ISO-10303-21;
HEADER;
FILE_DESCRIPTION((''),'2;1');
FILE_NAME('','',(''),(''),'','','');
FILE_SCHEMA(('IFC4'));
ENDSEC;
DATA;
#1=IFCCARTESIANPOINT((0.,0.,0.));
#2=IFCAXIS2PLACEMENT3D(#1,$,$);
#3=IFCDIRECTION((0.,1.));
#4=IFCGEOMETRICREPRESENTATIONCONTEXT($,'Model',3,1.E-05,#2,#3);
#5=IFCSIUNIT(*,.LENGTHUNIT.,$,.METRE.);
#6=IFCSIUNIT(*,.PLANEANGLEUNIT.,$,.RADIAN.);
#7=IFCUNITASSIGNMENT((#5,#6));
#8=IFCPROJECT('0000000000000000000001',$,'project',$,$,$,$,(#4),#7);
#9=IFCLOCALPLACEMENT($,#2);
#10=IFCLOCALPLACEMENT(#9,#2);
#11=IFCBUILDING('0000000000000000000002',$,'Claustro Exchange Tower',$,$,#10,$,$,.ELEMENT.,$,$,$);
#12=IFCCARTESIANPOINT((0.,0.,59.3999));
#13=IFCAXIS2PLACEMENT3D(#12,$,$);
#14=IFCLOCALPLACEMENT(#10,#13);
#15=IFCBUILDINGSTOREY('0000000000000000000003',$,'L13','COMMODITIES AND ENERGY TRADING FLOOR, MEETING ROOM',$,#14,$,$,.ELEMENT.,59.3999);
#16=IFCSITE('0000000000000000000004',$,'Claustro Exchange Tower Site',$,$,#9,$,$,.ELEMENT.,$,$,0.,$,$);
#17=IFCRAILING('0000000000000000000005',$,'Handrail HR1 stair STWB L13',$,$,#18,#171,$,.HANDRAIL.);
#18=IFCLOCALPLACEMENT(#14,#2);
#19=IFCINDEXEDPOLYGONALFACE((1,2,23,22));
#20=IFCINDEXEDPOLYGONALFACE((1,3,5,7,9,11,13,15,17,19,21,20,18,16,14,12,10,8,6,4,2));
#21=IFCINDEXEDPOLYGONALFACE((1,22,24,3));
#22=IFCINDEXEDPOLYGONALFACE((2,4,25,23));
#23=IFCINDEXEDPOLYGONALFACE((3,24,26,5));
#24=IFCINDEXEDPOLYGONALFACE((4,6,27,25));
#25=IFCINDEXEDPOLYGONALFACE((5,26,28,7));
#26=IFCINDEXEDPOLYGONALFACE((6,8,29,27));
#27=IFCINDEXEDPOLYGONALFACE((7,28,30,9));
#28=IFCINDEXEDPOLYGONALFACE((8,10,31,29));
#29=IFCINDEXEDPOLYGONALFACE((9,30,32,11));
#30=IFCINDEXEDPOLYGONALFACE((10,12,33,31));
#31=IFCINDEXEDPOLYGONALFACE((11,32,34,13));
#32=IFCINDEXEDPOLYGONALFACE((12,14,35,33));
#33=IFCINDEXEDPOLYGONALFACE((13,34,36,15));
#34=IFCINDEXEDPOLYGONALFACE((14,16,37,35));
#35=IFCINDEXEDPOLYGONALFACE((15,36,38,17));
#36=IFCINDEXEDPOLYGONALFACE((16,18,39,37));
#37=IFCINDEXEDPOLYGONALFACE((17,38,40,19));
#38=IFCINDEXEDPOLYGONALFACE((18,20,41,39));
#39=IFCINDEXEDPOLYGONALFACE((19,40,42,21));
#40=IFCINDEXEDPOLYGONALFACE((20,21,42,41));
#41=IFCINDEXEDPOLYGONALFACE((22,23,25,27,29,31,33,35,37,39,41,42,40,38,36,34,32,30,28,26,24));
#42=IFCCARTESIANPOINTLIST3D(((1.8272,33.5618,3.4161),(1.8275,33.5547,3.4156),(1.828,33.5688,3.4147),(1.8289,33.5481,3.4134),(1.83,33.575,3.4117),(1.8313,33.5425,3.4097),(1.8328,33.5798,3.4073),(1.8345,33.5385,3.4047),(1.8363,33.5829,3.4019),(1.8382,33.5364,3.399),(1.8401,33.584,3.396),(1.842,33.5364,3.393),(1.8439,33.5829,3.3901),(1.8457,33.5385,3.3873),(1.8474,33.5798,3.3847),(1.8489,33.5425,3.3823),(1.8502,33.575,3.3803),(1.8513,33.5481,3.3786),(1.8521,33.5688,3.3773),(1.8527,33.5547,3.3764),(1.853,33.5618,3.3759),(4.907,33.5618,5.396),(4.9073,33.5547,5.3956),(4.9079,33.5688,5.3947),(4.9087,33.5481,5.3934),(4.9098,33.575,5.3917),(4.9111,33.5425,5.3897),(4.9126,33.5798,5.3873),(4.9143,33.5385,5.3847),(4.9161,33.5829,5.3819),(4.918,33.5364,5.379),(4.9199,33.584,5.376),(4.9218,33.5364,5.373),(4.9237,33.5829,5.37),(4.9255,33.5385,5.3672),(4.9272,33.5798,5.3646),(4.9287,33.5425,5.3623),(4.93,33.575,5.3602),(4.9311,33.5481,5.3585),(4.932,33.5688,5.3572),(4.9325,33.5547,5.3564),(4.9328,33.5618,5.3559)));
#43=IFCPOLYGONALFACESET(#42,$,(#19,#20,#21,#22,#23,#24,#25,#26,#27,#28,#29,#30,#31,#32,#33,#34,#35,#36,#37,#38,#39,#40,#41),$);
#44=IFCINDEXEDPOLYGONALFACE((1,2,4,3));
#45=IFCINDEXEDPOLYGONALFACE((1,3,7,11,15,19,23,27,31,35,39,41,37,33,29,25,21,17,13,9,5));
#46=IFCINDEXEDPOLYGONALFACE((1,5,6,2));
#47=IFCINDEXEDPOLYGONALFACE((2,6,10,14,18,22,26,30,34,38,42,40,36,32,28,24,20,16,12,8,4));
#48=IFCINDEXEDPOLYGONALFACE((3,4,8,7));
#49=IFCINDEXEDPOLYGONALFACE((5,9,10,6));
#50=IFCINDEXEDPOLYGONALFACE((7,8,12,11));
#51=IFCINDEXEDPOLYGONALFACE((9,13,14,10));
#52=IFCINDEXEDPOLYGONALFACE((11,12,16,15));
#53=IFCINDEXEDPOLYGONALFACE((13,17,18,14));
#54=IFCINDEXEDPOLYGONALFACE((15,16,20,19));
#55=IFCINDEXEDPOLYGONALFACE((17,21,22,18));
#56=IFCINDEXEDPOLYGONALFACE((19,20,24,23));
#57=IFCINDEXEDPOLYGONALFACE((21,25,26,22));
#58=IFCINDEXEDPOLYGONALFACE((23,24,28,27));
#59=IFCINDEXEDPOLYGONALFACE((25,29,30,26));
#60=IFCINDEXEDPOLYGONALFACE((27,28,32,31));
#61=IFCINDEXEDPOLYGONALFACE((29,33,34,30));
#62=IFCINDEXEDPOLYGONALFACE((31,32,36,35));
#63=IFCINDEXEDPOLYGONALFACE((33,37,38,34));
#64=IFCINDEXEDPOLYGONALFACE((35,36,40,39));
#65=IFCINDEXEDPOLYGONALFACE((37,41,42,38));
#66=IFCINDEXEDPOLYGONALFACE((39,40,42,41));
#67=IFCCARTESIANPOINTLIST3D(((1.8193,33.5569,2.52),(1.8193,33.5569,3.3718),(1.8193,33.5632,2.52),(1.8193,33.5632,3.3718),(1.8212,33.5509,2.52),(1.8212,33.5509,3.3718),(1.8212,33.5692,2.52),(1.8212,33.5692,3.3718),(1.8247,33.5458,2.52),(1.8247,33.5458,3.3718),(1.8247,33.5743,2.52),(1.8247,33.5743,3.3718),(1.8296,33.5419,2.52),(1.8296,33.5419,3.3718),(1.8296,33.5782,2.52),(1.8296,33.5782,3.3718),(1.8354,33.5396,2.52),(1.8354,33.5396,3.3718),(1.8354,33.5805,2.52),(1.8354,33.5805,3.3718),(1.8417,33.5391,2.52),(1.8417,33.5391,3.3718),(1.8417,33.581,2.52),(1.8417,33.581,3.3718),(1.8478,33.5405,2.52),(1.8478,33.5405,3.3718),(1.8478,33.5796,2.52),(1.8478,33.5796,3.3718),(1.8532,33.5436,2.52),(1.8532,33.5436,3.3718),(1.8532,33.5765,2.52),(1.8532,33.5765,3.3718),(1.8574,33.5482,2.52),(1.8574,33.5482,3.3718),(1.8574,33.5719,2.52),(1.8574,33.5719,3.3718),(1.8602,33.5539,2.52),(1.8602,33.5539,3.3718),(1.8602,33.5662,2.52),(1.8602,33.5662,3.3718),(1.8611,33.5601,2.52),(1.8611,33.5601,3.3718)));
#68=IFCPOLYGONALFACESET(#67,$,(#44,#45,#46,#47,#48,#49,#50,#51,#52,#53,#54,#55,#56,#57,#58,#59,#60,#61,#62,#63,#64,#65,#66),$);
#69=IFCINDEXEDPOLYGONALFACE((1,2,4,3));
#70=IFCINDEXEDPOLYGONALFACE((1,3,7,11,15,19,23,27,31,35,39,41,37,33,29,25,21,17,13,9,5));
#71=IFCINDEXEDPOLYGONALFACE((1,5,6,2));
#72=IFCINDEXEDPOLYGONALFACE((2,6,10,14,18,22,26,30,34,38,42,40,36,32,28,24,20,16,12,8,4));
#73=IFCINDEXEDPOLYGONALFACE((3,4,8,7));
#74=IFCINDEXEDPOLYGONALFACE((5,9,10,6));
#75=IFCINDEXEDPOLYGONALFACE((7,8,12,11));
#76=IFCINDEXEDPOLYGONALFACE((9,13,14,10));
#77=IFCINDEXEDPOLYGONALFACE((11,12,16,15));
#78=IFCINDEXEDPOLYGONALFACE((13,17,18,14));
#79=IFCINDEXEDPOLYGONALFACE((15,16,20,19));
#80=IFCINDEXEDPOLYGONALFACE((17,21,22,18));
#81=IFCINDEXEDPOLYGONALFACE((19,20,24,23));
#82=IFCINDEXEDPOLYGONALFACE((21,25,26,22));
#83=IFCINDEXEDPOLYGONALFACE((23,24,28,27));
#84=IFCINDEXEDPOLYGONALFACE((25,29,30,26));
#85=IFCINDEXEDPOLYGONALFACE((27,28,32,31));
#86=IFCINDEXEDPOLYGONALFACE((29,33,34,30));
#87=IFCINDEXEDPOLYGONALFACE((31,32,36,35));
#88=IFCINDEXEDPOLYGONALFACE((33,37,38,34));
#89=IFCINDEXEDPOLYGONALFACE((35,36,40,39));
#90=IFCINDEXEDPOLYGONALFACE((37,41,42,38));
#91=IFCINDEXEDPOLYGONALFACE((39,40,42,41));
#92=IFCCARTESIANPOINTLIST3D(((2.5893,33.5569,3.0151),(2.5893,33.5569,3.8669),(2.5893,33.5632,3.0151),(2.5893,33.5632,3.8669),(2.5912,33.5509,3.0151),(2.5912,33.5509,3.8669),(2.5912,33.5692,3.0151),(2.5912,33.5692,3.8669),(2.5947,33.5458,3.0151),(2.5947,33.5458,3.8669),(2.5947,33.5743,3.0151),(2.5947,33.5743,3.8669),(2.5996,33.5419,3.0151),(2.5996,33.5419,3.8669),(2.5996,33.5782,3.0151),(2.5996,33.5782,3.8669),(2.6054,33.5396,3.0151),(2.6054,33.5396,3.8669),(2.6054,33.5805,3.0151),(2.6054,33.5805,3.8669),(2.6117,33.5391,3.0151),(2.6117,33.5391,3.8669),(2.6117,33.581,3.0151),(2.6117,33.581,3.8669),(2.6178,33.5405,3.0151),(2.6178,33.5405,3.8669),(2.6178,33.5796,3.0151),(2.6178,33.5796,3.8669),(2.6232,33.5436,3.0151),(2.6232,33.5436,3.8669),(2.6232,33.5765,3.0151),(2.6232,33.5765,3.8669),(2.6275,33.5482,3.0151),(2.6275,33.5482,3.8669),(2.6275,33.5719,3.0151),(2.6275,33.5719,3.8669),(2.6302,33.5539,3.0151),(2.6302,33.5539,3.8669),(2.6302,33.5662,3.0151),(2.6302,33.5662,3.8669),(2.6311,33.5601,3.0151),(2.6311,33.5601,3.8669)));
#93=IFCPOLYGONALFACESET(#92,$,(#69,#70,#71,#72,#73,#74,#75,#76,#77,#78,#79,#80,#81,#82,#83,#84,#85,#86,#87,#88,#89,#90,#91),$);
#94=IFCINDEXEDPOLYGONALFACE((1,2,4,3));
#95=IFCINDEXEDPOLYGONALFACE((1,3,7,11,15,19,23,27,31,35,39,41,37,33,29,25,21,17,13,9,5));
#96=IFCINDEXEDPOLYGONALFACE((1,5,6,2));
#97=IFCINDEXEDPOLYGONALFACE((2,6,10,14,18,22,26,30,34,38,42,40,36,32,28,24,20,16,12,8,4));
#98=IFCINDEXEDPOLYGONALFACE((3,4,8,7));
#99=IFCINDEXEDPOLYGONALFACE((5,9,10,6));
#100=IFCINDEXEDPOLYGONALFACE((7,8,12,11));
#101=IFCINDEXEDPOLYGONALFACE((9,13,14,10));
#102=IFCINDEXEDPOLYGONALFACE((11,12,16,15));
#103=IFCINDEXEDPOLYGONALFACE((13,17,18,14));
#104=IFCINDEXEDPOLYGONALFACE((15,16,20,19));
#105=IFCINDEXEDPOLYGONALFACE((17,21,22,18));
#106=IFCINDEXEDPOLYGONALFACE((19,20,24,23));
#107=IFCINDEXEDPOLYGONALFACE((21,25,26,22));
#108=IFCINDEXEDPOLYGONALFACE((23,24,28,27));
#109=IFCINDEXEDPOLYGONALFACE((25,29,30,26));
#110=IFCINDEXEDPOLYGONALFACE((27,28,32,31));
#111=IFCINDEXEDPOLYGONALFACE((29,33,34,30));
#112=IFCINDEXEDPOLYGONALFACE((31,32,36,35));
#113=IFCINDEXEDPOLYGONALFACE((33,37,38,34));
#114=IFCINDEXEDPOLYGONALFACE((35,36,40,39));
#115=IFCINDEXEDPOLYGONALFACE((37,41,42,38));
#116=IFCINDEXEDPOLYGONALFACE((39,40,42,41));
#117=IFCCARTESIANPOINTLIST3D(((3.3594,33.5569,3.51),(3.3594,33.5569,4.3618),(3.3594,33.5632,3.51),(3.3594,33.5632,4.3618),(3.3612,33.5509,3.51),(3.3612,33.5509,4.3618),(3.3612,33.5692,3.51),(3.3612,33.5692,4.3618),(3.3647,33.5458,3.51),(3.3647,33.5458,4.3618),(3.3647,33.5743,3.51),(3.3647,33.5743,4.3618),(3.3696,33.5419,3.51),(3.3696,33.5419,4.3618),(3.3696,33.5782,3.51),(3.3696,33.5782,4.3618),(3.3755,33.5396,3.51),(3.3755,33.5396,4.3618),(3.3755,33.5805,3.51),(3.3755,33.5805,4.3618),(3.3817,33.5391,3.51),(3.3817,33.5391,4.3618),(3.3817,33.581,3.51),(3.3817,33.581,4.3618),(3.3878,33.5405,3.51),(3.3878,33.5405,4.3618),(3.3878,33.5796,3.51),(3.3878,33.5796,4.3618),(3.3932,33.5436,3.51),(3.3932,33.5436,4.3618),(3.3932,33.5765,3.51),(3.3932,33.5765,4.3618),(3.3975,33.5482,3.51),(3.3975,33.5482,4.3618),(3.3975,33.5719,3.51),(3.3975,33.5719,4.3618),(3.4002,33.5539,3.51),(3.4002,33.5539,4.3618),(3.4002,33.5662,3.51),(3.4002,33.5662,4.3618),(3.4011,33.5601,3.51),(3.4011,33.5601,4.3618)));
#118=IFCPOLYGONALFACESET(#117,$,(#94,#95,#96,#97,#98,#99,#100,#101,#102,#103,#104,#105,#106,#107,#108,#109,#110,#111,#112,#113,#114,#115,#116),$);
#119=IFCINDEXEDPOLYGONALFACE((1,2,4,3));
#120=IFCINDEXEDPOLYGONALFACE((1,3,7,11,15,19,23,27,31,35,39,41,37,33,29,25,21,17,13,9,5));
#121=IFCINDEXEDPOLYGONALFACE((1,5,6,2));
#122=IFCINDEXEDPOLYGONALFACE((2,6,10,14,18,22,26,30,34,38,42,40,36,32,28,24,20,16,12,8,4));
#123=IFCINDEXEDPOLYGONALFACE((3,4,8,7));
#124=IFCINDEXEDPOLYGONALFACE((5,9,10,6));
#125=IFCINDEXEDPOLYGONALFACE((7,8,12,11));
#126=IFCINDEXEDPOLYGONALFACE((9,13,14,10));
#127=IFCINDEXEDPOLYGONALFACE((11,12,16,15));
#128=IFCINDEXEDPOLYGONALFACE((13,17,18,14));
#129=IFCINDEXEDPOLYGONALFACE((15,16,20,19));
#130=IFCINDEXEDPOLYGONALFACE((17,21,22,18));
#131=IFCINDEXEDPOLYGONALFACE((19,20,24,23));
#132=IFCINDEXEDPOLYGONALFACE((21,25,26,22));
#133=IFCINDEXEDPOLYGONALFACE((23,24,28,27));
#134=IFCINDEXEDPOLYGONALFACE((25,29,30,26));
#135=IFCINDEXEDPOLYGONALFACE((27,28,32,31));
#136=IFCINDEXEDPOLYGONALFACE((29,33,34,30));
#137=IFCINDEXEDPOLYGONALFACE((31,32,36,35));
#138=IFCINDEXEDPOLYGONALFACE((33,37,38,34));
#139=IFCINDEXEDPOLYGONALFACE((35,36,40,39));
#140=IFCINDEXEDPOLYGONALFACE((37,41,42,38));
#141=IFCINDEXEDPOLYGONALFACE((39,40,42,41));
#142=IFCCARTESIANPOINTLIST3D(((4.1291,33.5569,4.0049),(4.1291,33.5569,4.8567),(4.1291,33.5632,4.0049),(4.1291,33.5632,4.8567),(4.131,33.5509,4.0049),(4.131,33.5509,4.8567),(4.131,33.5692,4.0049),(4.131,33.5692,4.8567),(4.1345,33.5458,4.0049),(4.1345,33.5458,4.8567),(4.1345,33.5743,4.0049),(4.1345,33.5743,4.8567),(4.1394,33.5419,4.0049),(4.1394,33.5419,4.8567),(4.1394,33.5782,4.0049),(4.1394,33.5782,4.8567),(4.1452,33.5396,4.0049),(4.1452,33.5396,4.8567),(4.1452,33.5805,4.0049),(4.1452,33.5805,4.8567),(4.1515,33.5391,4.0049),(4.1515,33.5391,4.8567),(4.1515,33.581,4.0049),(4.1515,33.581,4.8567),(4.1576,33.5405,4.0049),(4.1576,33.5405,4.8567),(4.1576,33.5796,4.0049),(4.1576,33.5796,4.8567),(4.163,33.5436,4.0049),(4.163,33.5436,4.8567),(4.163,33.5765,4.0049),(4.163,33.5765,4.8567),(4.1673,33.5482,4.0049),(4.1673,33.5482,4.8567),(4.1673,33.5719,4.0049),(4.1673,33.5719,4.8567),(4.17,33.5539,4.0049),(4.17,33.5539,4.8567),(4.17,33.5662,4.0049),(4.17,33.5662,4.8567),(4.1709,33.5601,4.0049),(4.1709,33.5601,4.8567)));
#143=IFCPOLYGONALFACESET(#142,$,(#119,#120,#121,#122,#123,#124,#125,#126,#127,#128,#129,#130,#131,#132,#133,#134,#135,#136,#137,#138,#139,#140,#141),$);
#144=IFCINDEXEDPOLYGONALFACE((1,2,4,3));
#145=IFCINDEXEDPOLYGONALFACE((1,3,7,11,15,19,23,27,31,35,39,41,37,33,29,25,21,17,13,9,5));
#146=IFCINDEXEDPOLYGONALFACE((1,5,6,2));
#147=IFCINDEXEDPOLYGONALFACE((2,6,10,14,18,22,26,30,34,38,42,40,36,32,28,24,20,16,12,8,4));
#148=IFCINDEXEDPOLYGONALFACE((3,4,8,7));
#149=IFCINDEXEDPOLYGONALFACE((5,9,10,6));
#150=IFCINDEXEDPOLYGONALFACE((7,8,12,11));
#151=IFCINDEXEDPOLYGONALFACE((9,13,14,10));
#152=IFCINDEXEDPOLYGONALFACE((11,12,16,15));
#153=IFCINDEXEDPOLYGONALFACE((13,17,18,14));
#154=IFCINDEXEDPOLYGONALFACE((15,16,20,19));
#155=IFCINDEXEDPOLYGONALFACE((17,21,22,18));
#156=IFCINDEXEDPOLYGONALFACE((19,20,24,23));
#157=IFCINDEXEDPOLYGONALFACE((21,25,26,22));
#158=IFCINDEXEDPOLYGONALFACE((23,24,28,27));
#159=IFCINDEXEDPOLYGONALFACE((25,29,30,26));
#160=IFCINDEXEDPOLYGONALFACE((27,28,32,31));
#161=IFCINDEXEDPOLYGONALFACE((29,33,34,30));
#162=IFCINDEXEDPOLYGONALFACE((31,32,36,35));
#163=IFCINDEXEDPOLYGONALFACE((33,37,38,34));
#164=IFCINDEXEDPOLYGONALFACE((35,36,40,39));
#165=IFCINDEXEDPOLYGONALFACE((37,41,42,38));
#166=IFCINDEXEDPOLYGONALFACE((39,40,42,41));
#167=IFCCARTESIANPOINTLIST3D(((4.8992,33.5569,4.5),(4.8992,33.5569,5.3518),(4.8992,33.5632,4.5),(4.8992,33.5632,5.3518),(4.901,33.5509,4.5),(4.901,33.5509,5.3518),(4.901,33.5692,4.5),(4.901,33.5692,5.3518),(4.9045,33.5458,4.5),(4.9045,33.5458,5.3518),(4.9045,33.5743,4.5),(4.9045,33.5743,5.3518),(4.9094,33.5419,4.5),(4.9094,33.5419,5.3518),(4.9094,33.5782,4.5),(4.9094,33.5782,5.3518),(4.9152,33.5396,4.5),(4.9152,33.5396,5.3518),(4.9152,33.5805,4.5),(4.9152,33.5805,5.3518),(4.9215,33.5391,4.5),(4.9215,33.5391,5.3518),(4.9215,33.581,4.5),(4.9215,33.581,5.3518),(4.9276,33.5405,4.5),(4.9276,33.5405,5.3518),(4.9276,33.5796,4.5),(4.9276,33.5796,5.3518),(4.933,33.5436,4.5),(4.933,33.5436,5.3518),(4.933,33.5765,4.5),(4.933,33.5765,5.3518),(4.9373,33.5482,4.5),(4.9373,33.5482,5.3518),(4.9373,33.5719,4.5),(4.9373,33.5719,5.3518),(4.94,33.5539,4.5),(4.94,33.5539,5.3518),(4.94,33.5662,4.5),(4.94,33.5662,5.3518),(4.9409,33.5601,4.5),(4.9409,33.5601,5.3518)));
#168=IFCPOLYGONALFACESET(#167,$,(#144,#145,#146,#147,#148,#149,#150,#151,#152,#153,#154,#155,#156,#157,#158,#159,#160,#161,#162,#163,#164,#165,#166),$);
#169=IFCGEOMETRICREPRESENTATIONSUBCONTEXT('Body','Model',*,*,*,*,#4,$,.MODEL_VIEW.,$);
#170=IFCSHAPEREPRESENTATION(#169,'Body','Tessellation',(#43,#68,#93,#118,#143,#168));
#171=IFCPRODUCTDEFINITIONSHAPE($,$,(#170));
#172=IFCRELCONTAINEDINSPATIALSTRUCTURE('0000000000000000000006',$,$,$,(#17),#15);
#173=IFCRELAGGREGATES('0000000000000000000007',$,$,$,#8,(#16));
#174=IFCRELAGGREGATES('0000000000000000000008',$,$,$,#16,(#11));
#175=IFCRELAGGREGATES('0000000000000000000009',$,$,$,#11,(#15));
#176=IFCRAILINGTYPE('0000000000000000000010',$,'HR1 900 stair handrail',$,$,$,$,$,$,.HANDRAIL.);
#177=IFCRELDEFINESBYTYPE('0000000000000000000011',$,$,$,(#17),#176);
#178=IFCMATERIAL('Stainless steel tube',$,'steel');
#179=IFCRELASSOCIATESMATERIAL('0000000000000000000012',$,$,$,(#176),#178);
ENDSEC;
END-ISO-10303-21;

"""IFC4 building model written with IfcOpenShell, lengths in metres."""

from ifc_helpers import new_model, si_unit, direction, frame, origin, origin_2d, place, context, subcontext, project, spatial, circle, extrude, material, type_object, element, save


model = new_model("IFC4")

# Units and contexts
model_context = context("Model", 3, precision=1e-05, world=origin(), true_north=direction((0.0, 1.0)))
body_context = subcontext(model_context, "Body", "Model", "MODEL_VIEW")
ifc_project = project(units=[si_unit("LENGTHUNIT", "METRE"), si_unit("PLANEANGLEUNIT", "RADIAN")], contexts=[model_context])

# Site, building, storey
site_placement = place(None, origin())
site = spatial("IfcSite", under=ifc_project, at=site_placement, Name="Claustro Exchange Tower Site", CompositionType="ELEMENT", RefElevation=0.0)
building_placement = place(site_placement, origin())
building = spatial("IfcBuilding", under=site, at=building_placement, Name="Claustro Exchange Tower", CompositionType="ELEMENT")
storey_placement = place(building_placement, frame((0.0, 0.0, 59.3999)))
storey = spatial("IfcBuildingStorey", under=building, at=storey_placement, Name="L13", Description="COMMODITIES AND ENERGY TRADING FLOOR, MEETING ROOM", CompositionType="ELEMENT", Elevation=59.3999)

# Railing
ifc_material_1 = material(Name="Stainless steel tube", Category="steel")
railing_type_1 = type_object("IfcRailingType", Name="HR1 900 stair handrail", PredefinedType="HANDRAIL", material=ifc_material_1)
railing_1_placement = place(storey_placement, frame((1.8401, 33.5601, 2.52)))
element("IfcRailing", 1, at=railing_1_placement, inside=storey, type_object=railing_type_1, Name="Handrail HR1 stair STWB L13", PredefinedType="HANDRAIL", context=body_context, shape_type="SweptSolid", body=[
    extrude(circle(Radius=0.0239, at=origin_2d()), frame((0.0, 0.0, 0.876), z_axis=(0.841168, 0.0, 0.540774), x_axis=(0.0, 1.0, 0.0)), (0.0, 0.0, 1.0), 3.6614),
    extrude(circle(Radius=0.021, at=origin_2d()), origin(), (0.0, 0.0, 1.0), 0.8518),
    extrude(circle(Radius=0.021, at=origin_2d()), frame((0.77, 0.0, 0.4951)), (0.0, 0.0, 1.0), 0.8518),
    extrude(circle(Radius=0.021, at=origin_2d()), frame((1.54, 0.0, 0.99)), (0.0, 0.0, 1.0), 0.8518),
    extrude(circle(Radius=0.021, at=origin_2d()), frame((2.3098, 0.0, 1.4849)), (0.0, 0.0, 1.0), 0.8518),
    extrude(circle(Radius=0.021, at=origin_2d()), frame((3.0798, 0.0, 1.98)), (0.0, 0.0, 1.0), 0.8518),
])

save(model, "model.ifc")
